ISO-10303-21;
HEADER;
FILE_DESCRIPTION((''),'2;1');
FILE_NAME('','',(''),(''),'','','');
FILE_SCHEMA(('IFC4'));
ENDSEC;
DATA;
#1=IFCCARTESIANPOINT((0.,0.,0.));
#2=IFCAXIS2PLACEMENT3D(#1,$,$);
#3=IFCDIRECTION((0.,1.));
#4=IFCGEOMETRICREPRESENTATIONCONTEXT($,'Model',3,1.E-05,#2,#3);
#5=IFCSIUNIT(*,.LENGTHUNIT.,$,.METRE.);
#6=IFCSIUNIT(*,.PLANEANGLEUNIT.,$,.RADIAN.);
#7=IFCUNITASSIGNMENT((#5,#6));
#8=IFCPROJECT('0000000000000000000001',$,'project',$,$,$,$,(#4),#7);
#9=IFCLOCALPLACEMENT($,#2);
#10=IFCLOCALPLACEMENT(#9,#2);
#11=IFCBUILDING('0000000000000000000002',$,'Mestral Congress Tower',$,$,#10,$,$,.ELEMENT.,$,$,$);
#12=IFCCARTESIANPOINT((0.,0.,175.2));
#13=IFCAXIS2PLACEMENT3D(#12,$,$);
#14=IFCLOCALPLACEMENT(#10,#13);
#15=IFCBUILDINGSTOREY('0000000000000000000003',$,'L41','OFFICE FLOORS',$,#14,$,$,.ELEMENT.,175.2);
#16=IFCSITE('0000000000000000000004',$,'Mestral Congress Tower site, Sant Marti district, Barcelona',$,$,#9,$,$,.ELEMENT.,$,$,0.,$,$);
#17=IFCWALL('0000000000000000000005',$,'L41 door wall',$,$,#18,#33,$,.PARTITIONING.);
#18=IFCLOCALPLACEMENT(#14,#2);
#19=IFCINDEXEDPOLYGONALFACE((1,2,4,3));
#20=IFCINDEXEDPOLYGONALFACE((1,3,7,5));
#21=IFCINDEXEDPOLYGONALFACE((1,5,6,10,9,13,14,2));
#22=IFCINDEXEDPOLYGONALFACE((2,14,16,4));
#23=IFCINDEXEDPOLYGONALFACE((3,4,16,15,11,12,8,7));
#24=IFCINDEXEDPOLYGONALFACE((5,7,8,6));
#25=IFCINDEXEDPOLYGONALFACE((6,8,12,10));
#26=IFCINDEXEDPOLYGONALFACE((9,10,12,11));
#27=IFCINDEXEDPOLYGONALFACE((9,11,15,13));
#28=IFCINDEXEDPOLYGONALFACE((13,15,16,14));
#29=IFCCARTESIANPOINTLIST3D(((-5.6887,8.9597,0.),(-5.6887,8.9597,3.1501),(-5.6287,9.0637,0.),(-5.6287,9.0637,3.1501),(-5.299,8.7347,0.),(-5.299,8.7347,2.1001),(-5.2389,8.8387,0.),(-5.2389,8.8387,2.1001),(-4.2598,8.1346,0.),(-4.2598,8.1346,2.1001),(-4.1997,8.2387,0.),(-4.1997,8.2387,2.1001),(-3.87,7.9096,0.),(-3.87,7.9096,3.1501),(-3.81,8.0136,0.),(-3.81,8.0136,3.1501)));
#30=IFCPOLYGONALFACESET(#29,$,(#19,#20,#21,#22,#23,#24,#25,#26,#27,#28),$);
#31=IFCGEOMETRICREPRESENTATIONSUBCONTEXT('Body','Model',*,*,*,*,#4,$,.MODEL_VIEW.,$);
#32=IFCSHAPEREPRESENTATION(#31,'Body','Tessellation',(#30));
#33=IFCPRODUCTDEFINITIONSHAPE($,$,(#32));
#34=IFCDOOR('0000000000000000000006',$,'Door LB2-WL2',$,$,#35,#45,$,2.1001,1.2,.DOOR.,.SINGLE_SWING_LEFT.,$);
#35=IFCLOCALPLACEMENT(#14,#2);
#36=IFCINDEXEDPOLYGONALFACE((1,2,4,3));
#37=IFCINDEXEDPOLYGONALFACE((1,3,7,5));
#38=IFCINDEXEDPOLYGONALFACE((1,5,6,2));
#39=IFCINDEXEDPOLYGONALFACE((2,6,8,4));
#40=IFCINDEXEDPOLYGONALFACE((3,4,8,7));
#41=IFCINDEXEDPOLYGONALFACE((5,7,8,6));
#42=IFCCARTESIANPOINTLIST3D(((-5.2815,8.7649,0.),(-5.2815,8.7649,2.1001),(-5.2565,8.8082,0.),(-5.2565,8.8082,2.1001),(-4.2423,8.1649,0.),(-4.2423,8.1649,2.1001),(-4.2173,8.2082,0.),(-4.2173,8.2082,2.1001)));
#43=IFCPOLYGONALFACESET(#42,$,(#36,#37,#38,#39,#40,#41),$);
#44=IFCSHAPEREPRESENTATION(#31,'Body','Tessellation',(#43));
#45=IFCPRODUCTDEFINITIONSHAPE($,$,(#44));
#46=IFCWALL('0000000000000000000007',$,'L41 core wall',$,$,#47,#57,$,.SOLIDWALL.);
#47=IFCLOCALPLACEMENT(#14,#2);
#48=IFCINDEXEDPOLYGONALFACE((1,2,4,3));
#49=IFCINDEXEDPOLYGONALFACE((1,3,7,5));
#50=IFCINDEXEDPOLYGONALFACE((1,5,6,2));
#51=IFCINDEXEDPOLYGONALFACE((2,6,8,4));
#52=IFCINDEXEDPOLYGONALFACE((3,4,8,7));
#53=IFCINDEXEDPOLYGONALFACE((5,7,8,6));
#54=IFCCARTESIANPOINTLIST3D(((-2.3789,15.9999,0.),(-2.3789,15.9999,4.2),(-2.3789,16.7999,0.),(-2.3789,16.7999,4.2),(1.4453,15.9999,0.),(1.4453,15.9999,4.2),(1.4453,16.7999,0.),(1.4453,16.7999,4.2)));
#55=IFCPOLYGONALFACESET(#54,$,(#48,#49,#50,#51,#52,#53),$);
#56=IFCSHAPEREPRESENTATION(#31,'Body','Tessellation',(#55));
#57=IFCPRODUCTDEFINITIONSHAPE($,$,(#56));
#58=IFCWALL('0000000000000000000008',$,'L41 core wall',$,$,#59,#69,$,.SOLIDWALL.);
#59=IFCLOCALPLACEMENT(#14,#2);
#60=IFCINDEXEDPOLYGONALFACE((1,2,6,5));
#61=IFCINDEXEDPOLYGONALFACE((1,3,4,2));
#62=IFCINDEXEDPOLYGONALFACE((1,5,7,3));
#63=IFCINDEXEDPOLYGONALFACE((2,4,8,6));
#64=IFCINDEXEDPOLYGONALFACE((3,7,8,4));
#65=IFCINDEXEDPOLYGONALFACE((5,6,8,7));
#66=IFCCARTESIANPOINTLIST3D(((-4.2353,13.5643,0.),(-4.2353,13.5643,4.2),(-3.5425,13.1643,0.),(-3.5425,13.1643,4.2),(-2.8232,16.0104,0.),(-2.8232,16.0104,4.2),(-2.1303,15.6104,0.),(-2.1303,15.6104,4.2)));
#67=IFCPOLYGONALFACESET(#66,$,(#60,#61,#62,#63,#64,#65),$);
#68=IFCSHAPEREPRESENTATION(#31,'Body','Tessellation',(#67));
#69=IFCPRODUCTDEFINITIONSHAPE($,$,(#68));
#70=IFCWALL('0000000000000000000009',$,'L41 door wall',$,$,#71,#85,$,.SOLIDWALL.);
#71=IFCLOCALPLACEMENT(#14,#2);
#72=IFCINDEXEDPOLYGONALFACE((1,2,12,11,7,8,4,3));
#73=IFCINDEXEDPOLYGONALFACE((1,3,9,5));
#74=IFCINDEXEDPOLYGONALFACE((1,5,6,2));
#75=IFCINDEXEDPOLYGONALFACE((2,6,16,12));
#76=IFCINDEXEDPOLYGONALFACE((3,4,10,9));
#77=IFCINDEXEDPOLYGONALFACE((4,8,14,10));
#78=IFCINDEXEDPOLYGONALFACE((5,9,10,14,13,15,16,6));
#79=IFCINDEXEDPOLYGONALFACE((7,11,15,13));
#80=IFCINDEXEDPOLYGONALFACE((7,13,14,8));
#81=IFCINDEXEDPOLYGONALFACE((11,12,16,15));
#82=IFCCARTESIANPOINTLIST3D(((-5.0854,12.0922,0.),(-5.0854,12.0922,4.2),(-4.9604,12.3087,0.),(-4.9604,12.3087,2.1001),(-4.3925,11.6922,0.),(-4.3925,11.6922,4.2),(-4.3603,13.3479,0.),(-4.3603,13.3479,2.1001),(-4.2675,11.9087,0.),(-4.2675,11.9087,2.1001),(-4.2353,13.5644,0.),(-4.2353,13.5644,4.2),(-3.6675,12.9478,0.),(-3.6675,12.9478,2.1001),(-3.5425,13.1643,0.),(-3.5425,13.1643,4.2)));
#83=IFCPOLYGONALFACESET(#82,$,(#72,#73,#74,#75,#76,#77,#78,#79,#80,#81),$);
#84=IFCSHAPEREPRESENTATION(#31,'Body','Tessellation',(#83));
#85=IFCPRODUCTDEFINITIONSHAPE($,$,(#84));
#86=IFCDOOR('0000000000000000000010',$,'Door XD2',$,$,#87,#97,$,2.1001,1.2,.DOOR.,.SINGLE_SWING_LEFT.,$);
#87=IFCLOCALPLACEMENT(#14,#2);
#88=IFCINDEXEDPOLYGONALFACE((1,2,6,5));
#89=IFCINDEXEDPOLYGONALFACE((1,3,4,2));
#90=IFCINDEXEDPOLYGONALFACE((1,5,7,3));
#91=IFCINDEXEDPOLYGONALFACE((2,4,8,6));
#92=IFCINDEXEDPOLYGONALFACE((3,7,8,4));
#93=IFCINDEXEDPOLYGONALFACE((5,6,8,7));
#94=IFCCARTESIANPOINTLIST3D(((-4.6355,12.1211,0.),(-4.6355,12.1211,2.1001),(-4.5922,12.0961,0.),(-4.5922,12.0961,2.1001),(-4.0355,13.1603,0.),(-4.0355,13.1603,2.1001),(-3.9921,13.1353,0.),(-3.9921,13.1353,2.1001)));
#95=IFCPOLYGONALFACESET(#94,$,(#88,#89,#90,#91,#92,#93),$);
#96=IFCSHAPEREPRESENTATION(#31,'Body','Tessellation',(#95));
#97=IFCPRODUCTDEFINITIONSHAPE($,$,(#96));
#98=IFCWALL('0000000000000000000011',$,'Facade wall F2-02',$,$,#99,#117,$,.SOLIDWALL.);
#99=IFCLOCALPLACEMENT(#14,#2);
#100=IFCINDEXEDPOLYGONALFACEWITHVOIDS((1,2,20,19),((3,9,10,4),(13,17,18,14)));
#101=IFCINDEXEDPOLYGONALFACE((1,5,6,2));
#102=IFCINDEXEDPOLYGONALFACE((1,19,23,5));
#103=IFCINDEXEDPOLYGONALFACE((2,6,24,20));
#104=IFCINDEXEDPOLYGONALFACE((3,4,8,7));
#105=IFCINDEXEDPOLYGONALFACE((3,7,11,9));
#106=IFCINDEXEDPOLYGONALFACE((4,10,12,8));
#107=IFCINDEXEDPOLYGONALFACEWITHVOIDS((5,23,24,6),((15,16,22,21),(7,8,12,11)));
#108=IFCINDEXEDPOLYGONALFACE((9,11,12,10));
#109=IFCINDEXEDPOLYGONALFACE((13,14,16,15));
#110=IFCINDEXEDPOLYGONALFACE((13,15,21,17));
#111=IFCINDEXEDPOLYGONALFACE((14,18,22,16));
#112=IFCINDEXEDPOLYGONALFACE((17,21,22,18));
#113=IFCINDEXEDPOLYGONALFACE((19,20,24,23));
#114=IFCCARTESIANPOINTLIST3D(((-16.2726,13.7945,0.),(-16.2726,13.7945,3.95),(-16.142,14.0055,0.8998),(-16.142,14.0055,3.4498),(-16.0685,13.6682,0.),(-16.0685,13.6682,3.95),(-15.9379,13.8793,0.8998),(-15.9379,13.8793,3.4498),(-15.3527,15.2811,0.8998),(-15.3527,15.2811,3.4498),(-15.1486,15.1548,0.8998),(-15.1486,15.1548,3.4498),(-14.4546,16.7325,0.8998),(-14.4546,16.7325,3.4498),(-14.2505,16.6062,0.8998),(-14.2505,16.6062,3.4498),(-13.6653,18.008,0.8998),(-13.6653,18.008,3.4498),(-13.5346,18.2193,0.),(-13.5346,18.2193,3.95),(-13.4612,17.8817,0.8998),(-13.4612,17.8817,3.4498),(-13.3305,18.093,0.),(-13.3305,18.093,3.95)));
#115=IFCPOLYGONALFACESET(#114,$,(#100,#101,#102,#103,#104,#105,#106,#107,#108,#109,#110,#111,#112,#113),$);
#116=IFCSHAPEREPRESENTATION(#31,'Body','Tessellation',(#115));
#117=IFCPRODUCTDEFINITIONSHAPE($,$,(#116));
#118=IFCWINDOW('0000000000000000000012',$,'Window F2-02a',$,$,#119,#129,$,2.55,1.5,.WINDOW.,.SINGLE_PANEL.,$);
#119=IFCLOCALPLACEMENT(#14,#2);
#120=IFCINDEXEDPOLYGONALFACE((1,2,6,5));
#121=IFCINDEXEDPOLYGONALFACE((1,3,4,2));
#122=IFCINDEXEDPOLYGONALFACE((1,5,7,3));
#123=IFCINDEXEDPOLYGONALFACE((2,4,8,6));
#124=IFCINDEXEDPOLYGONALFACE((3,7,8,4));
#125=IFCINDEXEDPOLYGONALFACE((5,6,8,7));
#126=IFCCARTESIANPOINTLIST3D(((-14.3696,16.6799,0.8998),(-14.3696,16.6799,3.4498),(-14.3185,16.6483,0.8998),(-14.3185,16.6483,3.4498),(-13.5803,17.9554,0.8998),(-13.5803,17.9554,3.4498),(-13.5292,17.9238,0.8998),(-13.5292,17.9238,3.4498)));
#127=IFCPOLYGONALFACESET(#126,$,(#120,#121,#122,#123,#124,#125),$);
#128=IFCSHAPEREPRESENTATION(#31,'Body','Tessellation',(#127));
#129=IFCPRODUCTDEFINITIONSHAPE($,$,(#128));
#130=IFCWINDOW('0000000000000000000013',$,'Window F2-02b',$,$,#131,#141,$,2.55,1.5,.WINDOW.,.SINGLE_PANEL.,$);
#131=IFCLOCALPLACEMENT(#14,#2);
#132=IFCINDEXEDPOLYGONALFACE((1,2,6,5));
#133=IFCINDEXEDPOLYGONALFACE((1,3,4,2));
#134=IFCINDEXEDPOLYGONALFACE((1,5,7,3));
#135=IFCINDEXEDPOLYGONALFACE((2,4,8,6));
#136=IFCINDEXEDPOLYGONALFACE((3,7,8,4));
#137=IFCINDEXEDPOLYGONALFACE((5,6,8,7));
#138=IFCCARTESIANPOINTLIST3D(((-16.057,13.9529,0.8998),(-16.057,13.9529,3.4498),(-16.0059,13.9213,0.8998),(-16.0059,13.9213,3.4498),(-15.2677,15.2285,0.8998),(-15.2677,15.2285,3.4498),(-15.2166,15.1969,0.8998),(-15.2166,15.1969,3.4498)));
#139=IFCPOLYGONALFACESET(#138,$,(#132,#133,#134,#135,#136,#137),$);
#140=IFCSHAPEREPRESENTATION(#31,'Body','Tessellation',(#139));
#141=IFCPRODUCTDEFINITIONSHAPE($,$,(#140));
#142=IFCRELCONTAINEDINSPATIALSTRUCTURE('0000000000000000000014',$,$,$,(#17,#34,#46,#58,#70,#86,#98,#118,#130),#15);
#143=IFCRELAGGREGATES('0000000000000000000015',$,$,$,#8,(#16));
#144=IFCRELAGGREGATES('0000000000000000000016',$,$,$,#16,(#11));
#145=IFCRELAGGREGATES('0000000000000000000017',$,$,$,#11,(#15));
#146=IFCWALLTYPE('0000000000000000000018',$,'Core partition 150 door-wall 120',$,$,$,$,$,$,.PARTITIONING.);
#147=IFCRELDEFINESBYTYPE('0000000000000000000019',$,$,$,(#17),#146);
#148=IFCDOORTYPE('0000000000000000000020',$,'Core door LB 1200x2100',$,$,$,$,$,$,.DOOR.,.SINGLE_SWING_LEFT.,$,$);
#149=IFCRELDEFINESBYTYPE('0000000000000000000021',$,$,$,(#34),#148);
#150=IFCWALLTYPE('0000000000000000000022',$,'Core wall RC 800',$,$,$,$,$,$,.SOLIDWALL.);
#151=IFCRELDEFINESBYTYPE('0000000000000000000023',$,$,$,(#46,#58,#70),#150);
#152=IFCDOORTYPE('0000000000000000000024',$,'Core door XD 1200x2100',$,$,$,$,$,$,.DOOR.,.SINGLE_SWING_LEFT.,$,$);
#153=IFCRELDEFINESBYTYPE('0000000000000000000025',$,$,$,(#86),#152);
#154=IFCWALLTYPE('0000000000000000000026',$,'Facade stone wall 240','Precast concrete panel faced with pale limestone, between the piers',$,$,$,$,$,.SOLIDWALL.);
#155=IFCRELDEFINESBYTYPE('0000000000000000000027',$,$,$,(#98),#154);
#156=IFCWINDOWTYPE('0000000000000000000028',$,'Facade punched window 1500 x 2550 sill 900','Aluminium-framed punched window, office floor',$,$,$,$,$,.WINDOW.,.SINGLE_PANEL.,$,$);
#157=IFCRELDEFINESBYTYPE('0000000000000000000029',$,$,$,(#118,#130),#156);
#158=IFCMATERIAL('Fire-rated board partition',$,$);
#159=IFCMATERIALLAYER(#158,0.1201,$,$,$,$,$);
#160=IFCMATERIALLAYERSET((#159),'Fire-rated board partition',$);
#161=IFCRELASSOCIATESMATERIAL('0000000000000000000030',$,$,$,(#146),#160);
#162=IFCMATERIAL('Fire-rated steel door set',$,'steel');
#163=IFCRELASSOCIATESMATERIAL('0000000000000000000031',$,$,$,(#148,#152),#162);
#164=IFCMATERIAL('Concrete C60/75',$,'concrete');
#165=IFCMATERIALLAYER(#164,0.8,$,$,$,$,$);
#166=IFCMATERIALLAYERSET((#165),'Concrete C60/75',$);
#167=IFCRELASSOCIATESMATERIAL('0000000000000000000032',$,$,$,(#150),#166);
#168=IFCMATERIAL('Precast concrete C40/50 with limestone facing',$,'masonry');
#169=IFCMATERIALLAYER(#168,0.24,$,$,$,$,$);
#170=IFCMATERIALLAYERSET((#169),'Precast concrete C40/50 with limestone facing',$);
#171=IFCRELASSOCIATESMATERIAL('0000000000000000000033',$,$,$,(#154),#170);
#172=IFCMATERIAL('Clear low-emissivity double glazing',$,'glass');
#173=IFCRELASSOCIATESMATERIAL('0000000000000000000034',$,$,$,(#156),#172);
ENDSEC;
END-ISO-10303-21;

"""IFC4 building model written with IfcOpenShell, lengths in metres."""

from ifc_helpers import new_model, si_unit, direction, frame, frame_2d, origin, place, context, subcontext, project, spatial, rectangle, extrude, material, layer, layer_set, type_object, element, fill, save


model = new_model("IFC4")

# Units and contexts
model_context = context("Model", 3, precision=1e-05, world=origin(), true_north=direction((0.0, 1.0)))
body_context = subcontext(model_context, "Body", "Model", "MODEL_VIEW")
ifc_project = project(units=[si_unit("LENGTHUNIT", "METRE"), si_unit("PLANEANGLEUNIT", "RADIAN")], contexts=[model_context])

# Site, building, storey
site_placement = place(None, origin())
site = spatial("IfcSite", under=ifc_project, at=site_placement, Name="Mestral Congress Tower site, Sant Marti district, Barcelona", CompositionType="ELEMENT", RefElevation=0.0)
building_placement = place(site_placement, origin())
building = spatial("IfcBuilding", under=site, at=building_placement, Name="Mestral Congress Tower", CompositionType="ELEMENT")
storey_placement = place(building_placement, frame((0.0, 0.0, 175.2)))
storey = spatial("IfcBuildingStorey", under=building, at=storey_placement, Name="L41", Description="OFFICE FLOORS", CompositionType="ELEMENT", Elevation=175.2)

# Shared definitions
ifc_material_1 = material(Name="Concrete C60/75", Category="concrete")

# Wall, opening, door
ifc_material_2 = material(Name="Fire-rated board partition")
ifc_layer_1 = layer(ifc_material_2, 0.1201)
ifc_layer_set_1 = layer_set([ifc_layer_1], Name="Fire-rated board partition")
wall_type_1 = type_object("IfcWallType", Name="Core partition 150 door-wall 120", PredefinedType="PARTITIONING", material=ifc_layer_set_1)
wall_1_placement = place(storey_placement, frame((-5.6587, 9.0117, 0.0), z_axis=(0.0, 0.0, 1.0), x_axis=(0.866009, -0.500028, 0.0)))
wall_1 = element("IfcWall", 1, at=wall_1_placement, inside=storey, type_object=wall_type_1, Name="L41 door wall", PredefinedType="PARTITIONING", context=body_context, shape_type="SweptSolid", body=[
    extrude(rectangle(XDim=2.1001, YDim=0.1201, at=frame_2d((1.05, 0.0))), origin(), (0.0, 0.0, 1.0), 3.1501),
])
opening_1_placement = place(wall_1_placement, frame((0.45, 0.0, 0.0)))
opening_1 = element("IfcOpeningElement", 2, at=opening_1_placement, cuts=wall_1, PredefinedType="OPENING", context=body_context, shape_type="SweptSolid", body=[
    extrude(rectangle(XDim=1.2, YDim=2.1001, at=frame_2d((0.6001, 1.05))), frame((0.0, 0.0701, 0.0), z_axis=(0.0, -1.0, 0.0), x_axis=(1.0, 0.0, 0.0)), (0.0, 0.0, 1.0), 0.1401),
])
ifc_material_3 = material(Name="Fire-rated steel door set", Category="steel")
door_type_1 = type_object("IfcDoorType", Name="Core door LB 1200x2100", OperationType="SINGLE_SWING_LEFT", PredefinedType="DOOR", material=ifc_material_3)
door_1_placement = place(opening_1_placement, origin())
door_1 = element("IfcDoor", 3, at=door_1_placement, inside=storey, type_object=door_type_1, Name="Door LB2-WL2", OperationType="SINGLE_SWING_LEFT", OverallHeight=2.1001, OverallWidth=1.2, PredefinedType="DOOR", context=body_context, shape_type="SweptSolid", body=[
    extrude(rectangle(XDim=1.2, YDim=2.1001, at=frame_2d((0.6001, 1.05))), frame((0.0, 0.0249, 0.0), z_axis=(0.0, -1.0, 0.0), x_axis=(1.0, 0.0, 0.0)), (0.0, 0.0, 1.0), 0.05),
])
fill(opening_1, door_1)

# Walls
ifc_layer_2 = layer(ifc_material_1, 0.8)
ifc_layer_set_2 = layer_set([ifc_layer_2], Name="Concrete C60/75")
wall_type_2 = type_object("IfcWallType", Name="Core wall RC 800", PredefinedType="SOLIDWALL", material=ifc_layer_set_2)
wall_2_placement = place(storey_placement, frame((-2.3789, 16.3999, 0.0), z_axis=(0.0, 0.0, 1.0), x_axis=(1.0, 0.0, 0.0)))
element("IfcWall", 4, at=wall_2_placement, inside=storey, type_object=wall_type_2, Name="L41 core wall", PredefinedType="SOLIDWALL", context=body_context, shape_type="SweptSolid", body=[
    extrude(rectangle(XDim=3.8242, YDim=0.8, at=frame_2d((1.9121, 0.0))), origin(), (0.0, 0.0, 1.0), 4.2),
])
wall_3_placement = place(storey_placement, frame((-2.4768, 15.8103, 0.0), z_axis=(0.0, 0.0, 1.0), x_axis=(-0.499969, -0.866043, 0.0)))
element("IfcWall", 5, at=wall_3_placement, inside=storey, type_object=wall_type_2, Name="L41 core wall", PredefinedType="SOLIDWALL", context=body_context, shape_type="SweptSolid", body=[
    extrude(rectangle(XDim=2.8245, YDim=0.8, at=frame_2d((1.4121, 0.0))), origin(), (0.0, 0.0, 1.0), 4.2),
])

# Wall, opening, door
wall_4_placement = place(storey_placement, frame((-4.739, 11.8921, 0.0), z_axis=(0.0, 0.0, 1.0), x_axis=(0.500062, 0.865989, 0.0)))
wall_4 = element("IfcWall", 6, at=wall_4_placement, inside=storey, type_object=wall_type_2, Name="L41 door wall", PredefinedType="SOLIDWALL", context=body_context, shape_type="SweptSolid", body=[
    extrude(rectangle(XDim=1.7, YDim=0.8, at=frame_2d((0.8501, 0.0))), origin(), (0.0, 0.0, 1.0), 4.2),
])
opening_2_placement = place(wall_4_placement, frame((0.25, 0.0, 0.0)))
opening_2 = element("IfcOpeningElement", 7, at=opening_2_placement, cuts=wall_4, PredefinedType="OPENING", context=body_context, shape_type="SweptSolid", body=[
    extrude(rectangle(XDim=1.2, YDim=2.1001, at=frame_2d((0.6001, 1.05))), frame((0.0, 0.4099, 0.0), z_axis=(0.0, -1.0, 0.0), x_axis=(1.0, 0.0, 0.0)), (0.0, 0.0, 1.0), 0.8201),
])
door_type_2 = type_object("IfcDoorType", Name="Core door XD 1200x2100", OperationType="SINGLE_SWING_LEFT", PredefinedType="DOOR", material=ifc_material_3)
door_2_placement = place(opening_2_placement, origin())
door_2 = element("IfcDoor", 8, at=door_2_placement, inside=storey, type_object=door_type_2, Name="Door XD2", OperationType="SINGLE_SWING_LEFT", OverallHeight=2.1001, OverallWidth=1.2, PredefinedType="DOOR", context=body_context, shape_type="SweptSolid", body=[
    extrude(rectangle(XDim=1.2, YDim=2.1001, at=frame_2d((0.6001, 1.05))), frame((0.0, 0.0249, 0.0), z_axis=(0.0, -1.0, 0.0), x_axis=(1.0, 0.0, 0.0)), (0.0, 0.0, 1.0), 0.05),
])
fill(opening_2, door_2)

# Wall, openings, windows
ifc_material_4 = material(Name="Precast concrete C40/50 with limestone facing", Category="masonry")
ifc_layer_3 = layer(ifc_material_4, 0.24)
ifc_layer_set_3 = layer_set([ifc_layer_3], Name="Precast concrete C40/50 with limestone facing")
wall_type_3 = type_object("IfcWallType", Name="Facade stone wall 240", Description="Precast concrete panel faced with pale limestone, between the piers", PredefinedType="SOLIDWALL", material=ifc_layer_set_3)
wall_5_placement = place(storey_placement, frame((-13.4326, 18.156, 0.0), z_axis=(0.0, 0.0, 1.0), x_axis=(-0.526198, -0.850362, 0.0)))
wall_5 = element("IfcWall", 9, at=wall_5_placement, inside=storey, type_object=wall_type_3, Name="Facade wall F2-02", PredefinedType="SOLIDWALL", context=body_context, shape_type="SweptSolid", body=[
    extrude(rectangle(XDim=5.2034, YDim=0.24, at=frame_2d((2.6016, 0.0))), origin(), (0.0, 0.0, 1.0), 3.95),
])
opening_3_placement = place(wall_5_placement, frame((0.2483, 0.0, 0.8999)))
opening_3 = element("IfcOpeningElement", 10, at=opening_3_placement, cuts=wall_5, PredefinedType="OPENING", context=body_context, shape_type="SweptSolid", body=[
    extrude(rectangle(XDim=1.5, YDim=2.55, at=frame_2d((0.75, 1.2749))), frame((0.0, 0.1299, 0.0), z_axis=(0.0, -1.0, 0.0), x_axis=(1.0, 0.0, 0.0)), (0.0, 0.0, 1.0), 0.26),
])
opening_4_placement = place(wall_5_placement, frame((3.4551, 0.0, 0.8999)))
opening_4 = element("IfcOpeningElement", 11, at=opening_4_placement, cuts=wall_5, PredefinedType="OPENING", context=body_context, shape_type="SweptSolid", body=[
    extrude(rectangle(XDim=1.5, YDim=2.55, at=frame_2d((0.75, 1.2749))), frame((0.0, 0.1299, 0.0), z_axis=(0.0, -1.0, 0.0), x_axis=(1.0, 0.0, 0.0)), (0.0, 0.0, 1.0), 0.26),
])
ifc_material_5 = material(Name="Clear low-emissivity double glazing", Category="glass")
window_type = type_object("IfcWindowType", Name="Facade punched window 1500 x 2550 sill 900", Description="Aluminium-framed punched window, office floor", PartitioningType="SINGLE_PANEL", PredefinedType="WINDOW", material=ifc_material_5)
window_1_placement = place(opening_3_placement, origin())
window_1 = element("IfcWindow", 12, at=window_1_placement, inside=storey, type_object=window_type, Name="Window F2-02a", OverallHeight=2.55, OverallWidth=1.5, PartitioningType="SINGLE_PANEL", PredefinedType="WINDOW", context=body_context, shape_type="SweptSolid", body=[
    extrude(rectangle(XDim=1.5, YDim=2.55, at=frame_2d((0.75, 1.2749))), frame((0.0, 0.04, 0.0), z_axis=(0.0, -1.0, 0.0), x_axis=(1.0, 0.0, 0.0)), (0.0, 0.0, 1.0), 0.0601),
])
fill(opening_3, window_1)
window_2_placement = place(opening_4_placement, origin())
window_2 = element("IfcWindow", 13, at=window_2_placement, inside=storey, type_object=window_type, Name="Window F2-02b", OverallHeight=2.55, OverallWidth=1.5, PartitioningType="SINGLE_PANEL", PredefinedType="WINDOW", context=body_context, shape_type="SweptSolid", body=[
    extrude(rectangle(XDim=1.5, YDim=2.55, at=frame_2d((0.75, 1.2749))), frame((0.0, 0.04, 0.0), z_axis=(0.0, -1.0, 0.0), x_axis=(1.0, 0.0, 0.0)), (0.0, 0.0, 1.0), 0.0601),
])
fill(opening_4, window_2)

save(model, "model.ifc")
